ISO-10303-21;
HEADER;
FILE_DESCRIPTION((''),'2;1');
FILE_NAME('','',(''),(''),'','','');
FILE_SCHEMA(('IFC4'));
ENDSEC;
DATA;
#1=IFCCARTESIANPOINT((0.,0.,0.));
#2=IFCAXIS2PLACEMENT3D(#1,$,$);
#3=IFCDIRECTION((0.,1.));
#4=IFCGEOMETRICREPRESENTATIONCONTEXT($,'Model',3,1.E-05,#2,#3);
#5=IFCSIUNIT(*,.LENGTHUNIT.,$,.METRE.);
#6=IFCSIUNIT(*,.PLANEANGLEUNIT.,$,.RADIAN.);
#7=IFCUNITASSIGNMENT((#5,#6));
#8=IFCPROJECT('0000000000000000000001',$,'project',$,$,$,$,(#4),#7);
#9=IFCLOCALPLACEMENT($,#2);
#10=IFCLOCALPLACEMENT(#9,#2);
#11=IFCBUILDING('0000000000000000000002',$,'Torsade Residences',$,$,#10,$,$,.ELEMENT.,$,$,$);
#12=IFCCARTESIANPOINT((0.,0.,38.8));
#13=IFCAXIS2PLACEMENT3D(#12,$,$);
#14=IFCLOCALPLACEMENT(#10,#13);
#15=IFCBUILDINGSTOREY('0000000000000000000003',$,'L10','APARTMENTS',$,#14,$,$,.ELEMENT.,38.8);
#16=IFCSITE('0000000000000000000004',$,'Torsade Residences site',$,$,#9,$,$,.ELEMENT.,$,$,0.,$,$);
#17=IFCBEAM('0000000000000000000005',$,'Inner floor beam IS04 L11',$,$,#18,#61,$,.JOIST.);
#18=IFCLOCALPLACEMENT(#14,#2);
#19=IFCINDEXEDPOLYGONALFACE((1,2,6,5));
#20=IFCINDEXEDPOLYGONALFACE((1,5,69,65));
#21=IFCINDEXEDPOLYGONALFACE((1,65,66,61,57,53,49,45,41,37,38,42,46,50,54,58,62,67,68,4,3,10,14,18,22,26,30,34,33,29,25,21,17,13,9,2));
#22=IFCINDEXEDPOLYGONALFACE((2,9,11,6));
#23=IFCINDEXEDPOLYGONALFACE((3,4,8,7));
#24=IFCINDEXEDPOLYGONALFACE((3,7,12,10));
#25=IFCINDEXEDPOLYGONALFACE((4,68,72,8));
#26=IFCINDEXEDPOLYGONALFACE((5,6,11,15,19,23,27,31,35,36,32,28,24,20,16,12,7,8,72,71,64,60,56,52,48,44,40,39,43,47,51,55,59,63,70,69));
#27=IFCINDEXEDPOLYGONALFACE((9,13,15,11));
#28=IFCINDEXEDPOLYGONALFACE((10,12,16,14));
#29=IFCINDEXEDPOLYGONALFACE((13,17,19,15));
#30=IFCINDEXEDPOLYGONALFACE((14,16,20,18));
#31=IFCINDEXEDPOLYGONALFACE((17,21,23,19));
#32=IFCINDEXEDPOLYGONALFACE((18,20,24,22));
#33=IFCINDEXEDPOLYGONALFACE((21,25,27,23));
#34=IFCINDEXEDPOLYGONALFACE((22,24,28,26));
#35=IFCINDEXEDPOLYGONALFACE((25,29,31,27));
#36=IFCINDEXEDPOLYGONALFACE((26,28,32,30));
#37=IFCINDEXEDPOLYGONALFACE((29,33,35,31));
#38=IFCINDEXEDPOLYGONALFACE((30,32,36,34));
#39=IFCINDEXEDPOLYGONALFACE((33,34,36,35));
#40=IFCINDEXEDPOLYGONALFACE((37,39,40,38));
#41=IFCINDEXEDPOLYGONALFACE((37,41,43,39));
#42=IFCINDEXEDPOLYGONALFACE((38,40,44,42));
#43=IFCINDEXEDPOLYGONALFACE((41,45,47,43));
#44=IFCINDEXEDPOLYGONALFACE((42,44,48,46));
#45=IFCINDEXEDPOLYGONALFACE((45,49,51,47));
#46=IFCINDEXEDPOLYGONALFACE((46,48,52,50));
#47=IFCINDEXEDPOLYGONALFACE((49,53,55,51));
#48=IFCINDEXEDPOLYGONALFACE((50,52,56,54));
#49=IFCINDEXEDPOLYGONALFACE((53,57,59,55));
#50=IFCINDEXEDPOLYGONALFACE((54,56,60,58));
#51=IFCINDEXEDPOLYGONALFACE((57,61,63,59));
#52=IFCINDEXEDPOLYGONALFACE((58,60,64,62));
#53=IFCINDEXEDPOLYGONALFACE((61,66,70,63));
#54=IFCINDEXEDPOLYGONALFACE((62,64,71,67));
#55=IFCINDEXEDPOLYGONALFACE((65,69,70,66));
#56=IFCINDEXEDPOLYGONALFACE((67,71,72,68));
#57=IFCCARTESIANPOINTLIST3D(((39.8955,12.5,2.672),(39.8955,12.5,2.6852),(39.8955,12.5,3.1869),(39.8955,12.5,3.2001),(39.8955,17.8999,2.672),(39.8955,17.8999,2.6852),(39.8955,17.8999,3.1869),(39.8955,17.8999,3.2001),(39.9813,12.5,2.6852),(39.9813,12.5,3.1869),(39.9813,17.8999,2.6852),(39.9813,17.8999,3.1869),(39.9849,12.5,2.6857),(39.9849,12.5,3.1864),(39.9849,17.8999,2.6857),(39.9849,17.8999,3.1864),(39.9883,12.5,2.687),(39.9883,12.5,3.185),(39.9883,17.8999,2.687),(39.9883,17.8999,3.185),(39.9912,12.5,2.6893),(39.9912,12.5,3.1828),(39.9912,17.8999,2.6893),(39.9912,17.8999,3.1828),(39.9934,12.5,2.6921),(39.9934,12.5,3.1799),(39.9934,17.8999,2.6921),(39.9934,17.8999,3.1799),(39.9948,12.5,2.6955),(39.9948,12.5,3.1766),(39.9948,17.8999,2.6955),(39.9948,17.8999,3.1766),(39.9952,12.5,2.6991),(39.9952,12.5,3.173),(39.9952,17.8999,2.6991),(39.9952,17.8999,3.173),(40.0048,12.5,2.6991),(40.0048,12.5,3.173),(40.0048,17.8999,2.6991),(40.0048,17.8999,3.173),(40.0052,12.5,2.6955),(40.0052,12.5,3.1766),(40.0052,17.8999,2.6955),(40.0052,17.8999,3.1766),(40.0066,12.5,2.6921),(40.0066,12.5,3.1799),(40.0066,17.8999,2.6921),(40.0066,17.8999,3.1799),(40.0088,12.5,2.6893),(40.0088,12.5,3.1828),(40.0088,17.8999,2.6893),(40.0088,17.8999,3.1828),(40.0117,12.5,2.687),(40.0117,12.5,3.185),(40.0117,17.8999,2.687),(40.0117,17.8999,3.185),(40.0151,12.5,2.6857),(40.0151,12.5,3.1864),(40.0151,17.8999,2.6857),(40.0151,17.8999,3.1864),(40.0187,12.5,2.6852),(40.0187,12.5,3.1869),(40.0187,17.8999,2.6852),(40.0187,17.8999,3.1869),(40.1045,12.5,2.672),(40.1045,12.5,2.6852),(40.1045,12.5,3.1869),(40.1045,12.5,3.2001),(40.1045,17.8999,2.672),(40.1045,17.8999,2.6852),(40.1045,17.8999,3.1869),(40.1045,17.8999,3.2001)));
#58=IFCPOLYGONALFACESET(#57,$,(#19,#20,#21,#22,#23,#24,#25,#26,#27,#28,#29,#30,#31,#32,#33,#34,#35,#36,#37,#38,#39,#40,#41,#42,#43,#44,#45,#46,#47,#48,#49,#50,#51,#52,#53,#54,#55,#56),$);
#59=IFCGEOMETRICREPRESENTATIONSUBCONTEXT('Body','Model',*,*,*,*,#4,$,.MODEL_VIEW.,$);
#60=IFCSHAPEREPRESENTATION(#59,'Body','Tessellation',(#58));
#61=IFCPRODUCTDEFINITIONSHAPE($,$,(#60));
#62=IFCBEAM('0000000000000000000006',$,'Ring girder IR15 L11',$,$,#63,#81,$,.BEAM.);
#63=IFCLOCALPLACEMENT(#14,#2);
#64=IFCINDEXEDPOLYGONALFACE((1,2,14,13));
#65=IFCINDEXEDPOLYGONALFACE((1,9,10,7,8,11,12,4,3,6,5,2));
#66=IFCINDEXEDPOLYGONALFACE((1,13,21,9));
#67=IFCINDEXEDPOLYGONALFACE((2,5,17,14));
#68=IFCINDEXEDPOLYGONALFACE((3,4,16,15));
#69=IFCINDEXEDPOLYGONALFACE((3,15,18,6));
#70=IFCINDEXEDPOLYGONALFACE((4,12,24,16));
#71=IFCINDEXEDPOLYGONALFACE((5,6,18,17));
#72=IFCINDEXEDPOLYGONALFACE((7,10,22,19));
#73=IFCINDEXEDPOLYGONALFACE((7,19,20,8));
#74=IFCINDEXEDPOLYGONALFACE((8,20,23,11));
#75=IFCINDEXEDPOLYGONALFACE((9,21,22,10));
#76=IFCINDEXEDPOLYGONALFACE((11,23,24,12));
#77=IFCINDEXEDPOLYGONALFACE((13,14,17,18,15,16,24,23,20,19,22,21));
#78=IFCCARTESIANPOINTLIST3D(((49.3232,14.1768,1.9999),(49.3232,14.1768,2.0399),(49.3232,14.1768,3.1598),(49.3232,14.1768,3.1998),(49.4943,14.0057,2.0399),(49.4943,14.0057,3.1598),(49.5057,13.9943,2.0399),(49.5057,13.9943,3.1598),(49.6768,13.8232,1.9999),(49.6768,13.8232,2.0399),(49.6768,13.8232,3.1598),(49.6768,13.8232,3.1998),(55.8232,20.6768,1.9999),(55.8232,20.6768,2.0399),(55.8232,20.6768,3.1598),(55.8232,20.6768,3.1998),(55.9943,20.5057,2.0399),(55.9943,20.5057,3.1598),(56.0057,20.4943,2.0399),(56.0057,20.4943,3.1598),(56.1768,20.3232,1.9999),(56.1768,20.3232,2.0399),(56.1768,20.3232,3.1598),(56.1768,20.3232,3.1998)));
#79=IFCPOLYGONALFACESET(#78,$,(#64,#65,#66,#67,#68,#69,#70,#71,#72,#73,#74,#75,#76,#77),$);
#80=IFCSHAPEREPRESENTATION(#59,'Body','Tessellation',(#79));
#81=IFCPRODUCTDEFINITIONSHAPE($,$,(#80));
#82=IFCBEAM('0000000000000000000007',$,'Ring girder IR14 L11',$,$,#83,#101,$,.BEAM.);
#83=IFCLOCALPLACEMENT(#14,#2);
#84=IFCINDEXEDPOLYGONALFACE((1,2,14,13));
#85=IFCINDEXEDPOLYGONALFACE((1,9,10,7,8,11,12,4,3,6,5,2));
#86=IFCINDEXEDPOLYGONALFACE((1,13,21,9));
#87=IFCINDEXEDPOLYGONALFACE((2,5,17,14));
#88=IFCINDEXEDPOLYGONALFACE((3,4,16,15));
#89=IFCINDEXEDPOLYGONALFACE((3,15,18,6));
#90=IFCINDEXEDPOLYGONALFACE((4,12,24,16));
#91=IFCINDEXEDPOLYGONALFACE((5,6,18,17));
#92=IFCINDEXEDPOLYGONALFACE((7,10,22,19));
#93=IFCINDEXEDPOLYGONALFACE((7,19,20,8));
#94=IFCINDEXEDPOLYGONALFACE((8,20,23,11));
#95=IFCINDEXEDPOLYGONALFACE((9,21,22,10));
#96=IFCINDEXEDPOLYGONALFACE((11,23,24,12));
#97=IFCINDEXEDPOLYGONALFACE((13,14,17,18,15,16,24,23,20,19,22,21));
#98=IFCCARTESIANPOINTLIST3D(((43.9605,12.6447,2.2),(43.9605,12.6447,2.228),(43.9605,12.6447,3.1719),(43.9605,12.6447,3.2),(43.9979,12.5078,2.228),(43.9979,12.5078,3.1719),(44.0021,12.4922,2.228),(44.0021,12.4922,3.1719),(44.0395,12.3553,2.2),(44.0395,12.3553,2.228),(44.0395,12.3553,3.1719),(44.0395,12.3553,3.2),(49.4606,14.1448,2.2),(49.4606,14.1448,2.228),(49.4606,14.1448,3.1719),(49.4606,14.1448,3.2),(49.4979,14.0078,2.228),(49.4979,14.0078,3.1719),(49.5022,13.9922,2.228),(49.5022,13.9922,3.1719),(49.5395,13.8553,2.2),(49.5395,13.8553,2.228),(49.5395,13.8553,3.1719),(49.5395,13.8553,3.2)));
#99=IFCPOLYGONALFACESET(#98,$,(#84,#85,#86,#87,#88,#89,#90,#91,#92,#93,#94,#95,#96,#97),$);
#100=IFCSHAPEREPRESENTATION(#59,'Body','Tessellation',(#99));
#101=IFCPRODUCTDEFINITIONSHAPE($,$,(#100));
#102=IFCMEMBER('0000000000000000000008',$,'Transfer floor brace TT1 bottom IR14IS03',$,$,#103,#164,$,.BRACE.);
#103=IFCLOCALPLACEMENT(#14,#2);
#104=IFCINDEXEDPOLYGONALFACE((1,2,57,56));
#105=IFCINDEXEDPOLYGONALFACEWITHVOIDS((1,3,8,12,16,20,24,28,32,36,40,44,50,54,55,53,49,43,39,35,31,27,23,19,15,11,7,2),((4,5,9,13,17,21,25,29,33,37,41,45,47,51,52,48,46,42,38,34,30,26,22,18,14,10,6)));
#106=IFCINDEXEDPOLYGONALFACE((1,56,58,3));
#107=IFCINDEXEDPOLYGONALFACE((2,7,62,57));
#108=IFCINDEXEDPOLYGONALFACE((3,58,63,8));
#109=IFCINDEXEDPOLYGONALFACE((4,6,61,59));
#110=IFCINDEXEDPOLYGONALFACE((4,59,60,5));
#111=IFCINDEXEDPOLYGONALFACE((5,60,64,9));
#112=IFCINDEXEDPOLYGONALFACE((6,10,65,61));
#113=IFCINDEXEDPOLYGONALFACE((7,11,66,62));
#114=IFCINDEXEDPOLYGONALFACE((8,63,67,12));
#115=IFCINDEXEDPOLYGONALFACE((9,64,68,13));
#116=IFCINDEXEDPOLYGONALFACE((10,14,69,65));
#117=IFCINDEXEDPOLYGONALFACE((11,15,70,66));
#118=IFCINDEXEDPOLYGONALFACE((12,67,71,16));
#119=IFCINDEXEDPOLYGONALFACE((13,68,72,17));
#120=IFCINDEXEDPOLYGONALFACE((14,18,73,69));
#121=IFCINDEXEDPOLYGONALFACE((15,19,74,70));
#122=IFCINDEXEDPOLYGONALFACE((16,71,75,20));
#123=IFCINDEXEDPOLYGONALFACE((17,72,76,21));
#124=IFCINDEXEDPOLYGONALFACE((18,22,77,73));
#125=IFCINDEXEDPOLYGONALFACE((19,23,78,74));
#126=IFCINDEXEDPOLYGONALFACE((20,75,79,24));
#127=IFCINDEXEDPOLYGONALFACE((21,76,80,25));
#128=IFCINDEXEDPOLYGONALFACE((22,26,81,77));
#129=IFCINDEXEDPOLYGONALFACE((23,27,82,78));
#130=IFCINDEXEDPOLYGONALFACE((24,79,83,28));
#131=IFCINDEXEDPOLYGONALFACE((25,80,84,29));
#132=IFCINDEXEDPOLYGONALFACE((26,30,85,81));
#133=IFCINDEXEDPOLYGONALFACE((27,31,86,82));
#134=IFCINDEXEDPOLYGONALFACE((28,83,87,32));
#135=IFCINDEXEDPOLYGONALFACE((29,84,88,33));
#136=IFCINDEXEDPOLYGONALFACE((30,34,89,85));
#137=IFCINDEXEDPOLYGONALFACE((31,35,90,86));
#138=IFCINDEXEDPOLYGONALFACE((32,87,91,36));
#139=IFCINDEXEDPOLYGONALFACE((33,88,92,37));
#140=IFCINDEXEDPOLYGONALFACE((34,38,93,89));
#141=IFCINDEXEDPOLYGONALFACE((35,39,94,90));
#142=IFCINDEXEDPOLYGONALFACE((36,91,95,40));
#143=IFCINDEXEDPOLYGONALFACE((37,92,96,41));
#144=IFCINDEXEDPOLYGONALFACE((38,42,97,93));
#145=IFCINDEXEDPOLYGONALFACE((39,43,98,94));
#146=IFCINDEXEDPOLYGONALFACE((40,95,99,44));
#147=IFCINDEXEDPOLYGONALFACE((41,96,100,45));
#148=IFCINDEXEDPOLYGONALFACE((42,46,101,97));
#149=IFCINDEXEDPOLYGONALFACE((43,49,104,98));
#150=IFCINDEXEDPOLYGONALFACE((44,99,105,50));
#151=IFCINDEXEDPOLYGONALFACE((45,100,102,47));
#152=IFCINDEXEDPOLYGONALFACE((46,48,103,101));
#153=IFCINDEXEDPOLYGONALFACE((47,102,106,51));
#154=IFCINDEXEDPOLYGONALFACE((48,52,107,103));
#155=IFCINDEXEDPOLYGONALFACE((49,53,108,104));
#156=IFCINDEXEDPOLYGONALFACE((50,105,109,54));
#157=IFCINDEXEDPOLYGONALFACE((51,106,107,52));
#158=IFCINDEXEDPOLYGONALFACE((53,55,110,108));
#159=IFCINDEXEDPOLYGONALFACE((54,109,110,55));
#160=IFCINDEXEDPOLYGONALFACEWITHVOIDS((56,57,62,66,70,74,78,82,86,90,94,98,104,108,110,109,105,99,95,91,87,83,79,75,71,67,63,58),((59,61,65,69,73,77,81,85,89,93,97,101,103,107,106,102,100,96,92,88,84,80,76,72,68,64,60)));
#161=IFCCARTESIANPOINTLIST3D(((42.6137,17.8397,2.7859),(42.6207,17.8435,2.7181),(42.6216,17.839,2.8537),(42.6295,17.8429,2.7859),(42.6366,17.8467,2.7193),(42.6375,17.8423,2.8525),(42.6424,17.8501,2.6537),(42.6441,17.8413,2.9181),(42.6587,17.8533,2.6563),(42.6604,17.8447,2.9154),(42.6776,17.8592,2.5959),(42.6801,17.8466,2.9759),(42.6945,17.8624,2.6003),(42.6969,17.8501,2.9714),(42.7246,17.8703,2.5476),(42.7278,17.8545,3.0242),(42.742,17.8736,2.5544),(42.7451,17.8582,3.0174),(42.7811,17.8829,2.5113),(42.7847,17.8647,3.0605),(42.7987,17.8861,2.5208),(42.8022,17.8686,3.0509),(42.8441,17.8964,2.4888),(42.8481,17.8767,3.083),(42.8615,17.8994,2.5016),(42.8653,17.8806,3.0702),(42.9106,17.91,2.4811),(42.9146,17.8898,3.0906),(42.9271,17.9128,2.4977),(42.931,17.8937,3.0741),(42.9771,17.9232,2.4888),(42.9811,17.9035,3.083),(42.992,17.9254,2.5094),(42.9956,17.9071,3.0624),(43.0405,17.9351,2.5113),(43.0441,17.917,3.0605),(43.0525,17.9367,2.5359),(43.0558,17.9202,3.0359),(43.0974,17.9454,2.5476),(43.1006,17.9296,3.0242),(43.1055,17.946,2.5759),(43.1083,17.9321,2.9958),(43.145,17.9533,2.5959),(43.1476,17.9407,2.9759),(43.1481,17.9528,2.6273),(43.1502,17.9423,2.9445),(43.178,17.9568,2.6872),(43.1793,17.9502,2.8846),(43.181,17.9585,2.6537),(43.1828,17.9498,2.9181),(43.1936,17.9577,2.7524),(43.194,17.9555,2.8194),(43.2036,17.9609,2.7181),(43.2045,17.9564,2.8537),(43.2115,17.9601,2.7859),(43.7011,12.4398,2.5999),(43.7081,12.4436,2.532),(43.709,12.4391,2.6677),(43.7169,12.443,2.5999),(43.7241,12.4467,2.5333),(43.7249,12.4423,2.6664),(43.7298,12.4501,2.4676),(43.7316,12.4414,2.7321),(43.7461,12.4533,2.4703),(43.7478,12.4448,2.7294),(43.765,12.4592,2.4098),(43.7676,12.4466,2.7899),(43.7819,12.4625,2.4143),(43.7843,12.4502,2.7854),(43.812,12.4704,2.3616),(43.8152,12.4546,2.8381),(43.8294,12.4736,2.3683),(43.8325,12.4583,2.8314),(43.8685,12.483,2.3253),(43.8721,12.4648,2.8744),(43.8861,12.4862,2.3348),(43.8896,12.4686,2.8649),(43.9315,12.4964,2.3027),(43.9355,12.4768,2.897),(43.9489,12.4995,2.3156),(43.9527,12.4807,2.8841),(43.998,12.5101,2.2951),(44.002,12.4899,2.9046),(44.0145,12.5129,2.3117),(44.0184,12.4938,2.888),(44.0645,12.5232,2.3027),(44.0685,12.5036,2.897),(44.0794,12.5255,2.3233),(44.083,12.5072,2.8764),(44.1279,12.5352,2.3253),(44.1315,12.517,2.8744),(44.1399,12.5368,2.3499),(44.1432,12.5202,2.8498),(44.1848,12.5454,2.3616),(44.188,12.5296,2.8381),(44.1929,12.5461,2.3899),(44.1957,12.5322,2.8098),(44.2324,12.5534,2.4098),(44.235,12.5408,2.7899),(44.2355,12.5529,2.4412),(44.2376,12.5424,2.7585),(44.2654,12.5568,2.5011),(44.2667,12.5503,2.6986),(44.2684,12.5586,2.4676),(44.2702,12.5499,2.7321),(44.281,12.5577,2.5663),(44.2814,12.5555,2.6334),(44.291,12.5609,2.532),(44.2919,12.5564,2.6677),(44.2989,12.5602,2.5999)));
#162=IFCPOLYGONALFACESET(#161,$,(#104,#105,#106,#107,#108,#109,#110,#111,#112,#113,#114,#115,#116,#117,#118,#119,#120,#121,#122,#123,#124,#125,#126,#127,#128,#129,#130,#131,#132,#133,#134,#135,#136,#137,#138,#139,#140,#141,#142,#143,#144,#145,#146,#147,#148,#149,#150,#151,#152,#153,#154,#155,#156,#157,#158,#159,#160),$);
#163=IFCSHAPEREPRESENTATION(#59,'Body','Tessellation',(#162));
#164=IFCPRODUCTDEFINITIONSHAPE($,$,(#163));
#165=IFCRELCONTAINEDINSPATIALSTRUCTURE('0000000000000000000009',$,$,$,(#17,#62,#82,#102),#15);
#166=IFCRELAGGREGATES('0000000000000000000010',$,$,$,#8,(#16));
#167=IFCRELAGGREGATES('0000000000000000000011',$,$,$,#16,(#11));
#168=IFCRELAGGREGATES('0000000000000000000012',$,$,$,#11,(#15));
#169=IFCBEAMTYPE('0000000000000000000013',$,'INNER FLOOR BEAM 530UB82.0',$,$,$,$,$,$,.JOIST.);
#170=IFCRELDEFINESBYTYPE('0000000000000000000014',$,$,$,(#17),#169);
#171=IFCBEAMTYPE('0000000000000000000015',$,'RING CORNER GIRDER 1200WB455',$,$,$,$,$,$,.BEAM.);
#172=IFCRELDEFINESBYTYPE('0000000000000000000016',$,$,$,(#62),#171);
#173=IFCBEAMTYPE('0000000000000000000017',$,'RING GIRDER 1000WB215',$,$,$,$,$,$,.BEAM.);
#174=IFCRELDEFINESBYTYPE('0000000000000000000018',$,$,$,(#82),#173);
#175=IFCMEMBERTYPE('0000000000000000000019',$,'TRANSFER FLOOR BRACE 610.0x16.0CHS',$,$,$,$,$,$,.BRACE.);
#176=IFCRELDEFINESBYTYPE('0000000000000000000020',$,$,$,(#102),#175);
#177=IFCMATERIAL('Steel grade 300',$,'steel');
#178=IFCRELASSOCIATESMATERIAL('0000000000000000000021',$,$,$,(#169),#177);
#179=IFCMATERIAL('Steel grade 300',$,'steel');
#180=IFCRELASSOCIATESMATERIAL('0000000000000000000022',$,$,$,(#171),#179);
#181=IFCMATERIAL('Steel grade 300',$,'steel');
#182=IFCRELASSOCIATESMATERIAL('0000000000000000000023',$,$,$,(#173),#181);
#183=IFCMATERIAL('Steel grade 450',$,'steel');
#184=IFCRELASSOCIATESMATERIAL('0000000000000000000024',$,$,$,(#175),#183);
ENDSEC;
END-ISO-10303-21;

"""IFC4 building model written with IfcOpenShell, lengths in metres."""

from ifc_helpers import new_model, si_unit, direction, frame, origin, origin_2d, place, context, subcontext, project, spatial, hollow_circle, i_section, extrude, material, material_profile, profile_set, type_object, element, save


model = new_model("IFC4")

# Units and contexts
model_context = context("Model", 3, precision=1e-05, world=origin(), true_north=direction((0.0, 1.0)))
body_context = subcontext(model_context, "Body", "Model", "MODEL_VIEW")
ifc_project = project(units=[si_unit("LENGTHUNIT", "METRE"), si_unit("PLANEANGLEUNIT", "RADIAN")], contexts=[model_context])

# Site, building, storey
site_placement = place(None, origin())
site = spatial("IfcSite", under=ifc_project, at=site_placement, Name="Torsade Residences site", CompositionType="ELEMENT", RefElevation=0.0)
building_placement = place(site_placement, origin())
building = spatial("IfcBuilding", under=site, at=building_placement, Name="Torsade Residences", CompositionType="ELEMENT")
storey_placement = place(building_placement, frame((0.0, 0.0, 38.8)))
storey = spatial("IfcBuildingStorey", under=building, at=storey_placement, Name="L10", Description="APARTMENTS", CompositionType="ELEMENT", Elevation=38.8)

# Beams
ifc_material_1 = material(Name="Steel grade 300", Category="steel")
ifc_material_profile_1 = material_profile(ifc_material_1, i_section(OverallWidth=0.209, OverallDepth=0.5281, WebThickness=0.0095, FlangeThickness=0.0132, FilletRadius=0.0139, at=origin_2d()), Name="530UB82.0")
ifc_profile_set_1 = profile_set([ifc_material_profile_1], Name="Steel grade 300")
beam_type_1 = type_object("IfcBeamType", Name="INNER FLOOR BEAM 530UB82.0", PredefinedType="JOIST", material=ifc_profile_set_1)
for number, where, z_axis, x_axis, name in (
    (1, (40.0, 17.8999, 2.936), (0.0, -1.0, 0.0), (1.0, 0.0, 0.0), "Inner floor beam IS04 L11"),
):
    element("IfcBeam", number, at=place(storey_placement, frame(where, z_axis=z_axis, x_axis=x_axis)), inside=storey, type_object=beam_type_1, Name=name, PredefinedType="JOIST", context=body_context, shape_type="SweptSolid", body=[
        extrude(i_section(OverallWidth=0.209, OverallDepth=0.5281, WebThickness=0.0095, FlangeThickness=0.0132, FilletRadius=0.0139, at=origin_2d()), origin(), (0.0, 0.0, 1.0), 5.3999),
    ])
ifc_material_2 = material(Name="Steel grade 300", Category="steel")
ifc_material_profile_2 = material_profile(ifc_material_2, i_section(OverallWidth=0.5, OverallDepth=1.2, WebThickness=0.0161, FlangeThickness=0.04, at=origin_2d()), Name="1200WB455")
ifc_profile_set_2 = profile_set([ifc_material_profile_2], Name="Steel grade 300")
beam_type_2 = type_object("IfcBeamType", Name="RING CORNER GIRDER 1200WB455", PredefinedType="BEAM", material=ifc_profile_set_2)
beam_1_placement = place(storey_placement, frame((49.5, 14.0, 2.5999), z_axis=(0.707107, 0.707107, 0.0), x_axis=(-0.707107, 0.707107, 0.0)))
element("IfcBeam", 2, at=beam_1_placement, inside=storey, type_object=beam_type_2, Name="Ring girder IR15 L11", PredefinedType="BEAM", context=body_context, shape_type="SweptSolid", body=[
    extrude(i_section(OverallWidth=0.5, OverallDepth=1.2, WebThickness=0.0161, FlangeThickness=0.04, at=origin_2d()), origin(), (0.0, 0.0, 1.0), 9.1924),
])
ifc_material_3 = material(Name="Steel grade 300", Category="steel")
ifc_material_profile_3 = material_profile(ifc_material_3, i_section(OverallWidth=0.3, OverallDepth=1.0, WebThickness=0.0161, FlangeThickness=0.0281, at=origin_2d()), Name="1000WB215")
ifc_profile_set_3 = profile_set([ifc_material_profile_3], Name="Steel grade 300")
beam_type_3 = type_object("IfcBeamType", Name="RING GIRDER 1000WB215", PredefinedType="BEAM", material=ifc_profile_set_3)
beam_2_placement = place(storey_placement, frame((44.0, 12.5, 2.7), z_axis=(0.964764, 0.263117, 0.0), x_axis=(-0.263117, 0.964764, 0.0)))
element("IfcBeam", 3, at=beam_2_placement, inside=storey, type_object=beam_type_3, Name="Ring girder IR14 L11", PredefinedType="BEAM", context=body_context, shape_type="SweptSolid", body=[
    extrude(i_section(OverallWidth=0.3, OverallDepth=1.0, WebThickness=0.0161, FlangeThickness=0.0281, at=origin_2d()), origin(), (0.0, 0.0, 1.0), 5.7009),
])

# Member
ifc_material_4 = material(Name="Steel grade 450", Category="steel")
ifc_material_profile_4 = material_profile(ifc_material_4, hollow_circle(Radius=0.3049, WallThickness=0.0161, at=origin_2d()), Name="610.0x16.0CHS")
ifc_profile_set_4 = profile_set([ifc_material_profile_4], Name="Steel grade 450")
member_type = type_object("IfcMemberType", Name="TRANSFER FLOOR BRACE 610.0x16.0CHS", PredefinedType="BRACE", material=ifc_profile_set_4)
member_1_placement = place(storey_placement, frame((44.0, 12.5, 2.5999), z_axis=(-0.197299, 0.979762, 0.033754), x_axis=(-0.980321, -0.197412, 0.0)))
element("IfcMember", 4, at=member_1_placement, inside=storey, type_object=member_type, Name="Transfer floor brace TT1 bottom IR14IS03", PredefinedType="BRACE", context=body_context, shape_type="SweptSolid", body=[
    extrude(hollow_circle(Radius=0.3049, WallThickness=0.0161, at=origin_2d()), origin(), (0.0, 0.0, 1.0), 5.5115),
])

save(model, "model.ifc")
